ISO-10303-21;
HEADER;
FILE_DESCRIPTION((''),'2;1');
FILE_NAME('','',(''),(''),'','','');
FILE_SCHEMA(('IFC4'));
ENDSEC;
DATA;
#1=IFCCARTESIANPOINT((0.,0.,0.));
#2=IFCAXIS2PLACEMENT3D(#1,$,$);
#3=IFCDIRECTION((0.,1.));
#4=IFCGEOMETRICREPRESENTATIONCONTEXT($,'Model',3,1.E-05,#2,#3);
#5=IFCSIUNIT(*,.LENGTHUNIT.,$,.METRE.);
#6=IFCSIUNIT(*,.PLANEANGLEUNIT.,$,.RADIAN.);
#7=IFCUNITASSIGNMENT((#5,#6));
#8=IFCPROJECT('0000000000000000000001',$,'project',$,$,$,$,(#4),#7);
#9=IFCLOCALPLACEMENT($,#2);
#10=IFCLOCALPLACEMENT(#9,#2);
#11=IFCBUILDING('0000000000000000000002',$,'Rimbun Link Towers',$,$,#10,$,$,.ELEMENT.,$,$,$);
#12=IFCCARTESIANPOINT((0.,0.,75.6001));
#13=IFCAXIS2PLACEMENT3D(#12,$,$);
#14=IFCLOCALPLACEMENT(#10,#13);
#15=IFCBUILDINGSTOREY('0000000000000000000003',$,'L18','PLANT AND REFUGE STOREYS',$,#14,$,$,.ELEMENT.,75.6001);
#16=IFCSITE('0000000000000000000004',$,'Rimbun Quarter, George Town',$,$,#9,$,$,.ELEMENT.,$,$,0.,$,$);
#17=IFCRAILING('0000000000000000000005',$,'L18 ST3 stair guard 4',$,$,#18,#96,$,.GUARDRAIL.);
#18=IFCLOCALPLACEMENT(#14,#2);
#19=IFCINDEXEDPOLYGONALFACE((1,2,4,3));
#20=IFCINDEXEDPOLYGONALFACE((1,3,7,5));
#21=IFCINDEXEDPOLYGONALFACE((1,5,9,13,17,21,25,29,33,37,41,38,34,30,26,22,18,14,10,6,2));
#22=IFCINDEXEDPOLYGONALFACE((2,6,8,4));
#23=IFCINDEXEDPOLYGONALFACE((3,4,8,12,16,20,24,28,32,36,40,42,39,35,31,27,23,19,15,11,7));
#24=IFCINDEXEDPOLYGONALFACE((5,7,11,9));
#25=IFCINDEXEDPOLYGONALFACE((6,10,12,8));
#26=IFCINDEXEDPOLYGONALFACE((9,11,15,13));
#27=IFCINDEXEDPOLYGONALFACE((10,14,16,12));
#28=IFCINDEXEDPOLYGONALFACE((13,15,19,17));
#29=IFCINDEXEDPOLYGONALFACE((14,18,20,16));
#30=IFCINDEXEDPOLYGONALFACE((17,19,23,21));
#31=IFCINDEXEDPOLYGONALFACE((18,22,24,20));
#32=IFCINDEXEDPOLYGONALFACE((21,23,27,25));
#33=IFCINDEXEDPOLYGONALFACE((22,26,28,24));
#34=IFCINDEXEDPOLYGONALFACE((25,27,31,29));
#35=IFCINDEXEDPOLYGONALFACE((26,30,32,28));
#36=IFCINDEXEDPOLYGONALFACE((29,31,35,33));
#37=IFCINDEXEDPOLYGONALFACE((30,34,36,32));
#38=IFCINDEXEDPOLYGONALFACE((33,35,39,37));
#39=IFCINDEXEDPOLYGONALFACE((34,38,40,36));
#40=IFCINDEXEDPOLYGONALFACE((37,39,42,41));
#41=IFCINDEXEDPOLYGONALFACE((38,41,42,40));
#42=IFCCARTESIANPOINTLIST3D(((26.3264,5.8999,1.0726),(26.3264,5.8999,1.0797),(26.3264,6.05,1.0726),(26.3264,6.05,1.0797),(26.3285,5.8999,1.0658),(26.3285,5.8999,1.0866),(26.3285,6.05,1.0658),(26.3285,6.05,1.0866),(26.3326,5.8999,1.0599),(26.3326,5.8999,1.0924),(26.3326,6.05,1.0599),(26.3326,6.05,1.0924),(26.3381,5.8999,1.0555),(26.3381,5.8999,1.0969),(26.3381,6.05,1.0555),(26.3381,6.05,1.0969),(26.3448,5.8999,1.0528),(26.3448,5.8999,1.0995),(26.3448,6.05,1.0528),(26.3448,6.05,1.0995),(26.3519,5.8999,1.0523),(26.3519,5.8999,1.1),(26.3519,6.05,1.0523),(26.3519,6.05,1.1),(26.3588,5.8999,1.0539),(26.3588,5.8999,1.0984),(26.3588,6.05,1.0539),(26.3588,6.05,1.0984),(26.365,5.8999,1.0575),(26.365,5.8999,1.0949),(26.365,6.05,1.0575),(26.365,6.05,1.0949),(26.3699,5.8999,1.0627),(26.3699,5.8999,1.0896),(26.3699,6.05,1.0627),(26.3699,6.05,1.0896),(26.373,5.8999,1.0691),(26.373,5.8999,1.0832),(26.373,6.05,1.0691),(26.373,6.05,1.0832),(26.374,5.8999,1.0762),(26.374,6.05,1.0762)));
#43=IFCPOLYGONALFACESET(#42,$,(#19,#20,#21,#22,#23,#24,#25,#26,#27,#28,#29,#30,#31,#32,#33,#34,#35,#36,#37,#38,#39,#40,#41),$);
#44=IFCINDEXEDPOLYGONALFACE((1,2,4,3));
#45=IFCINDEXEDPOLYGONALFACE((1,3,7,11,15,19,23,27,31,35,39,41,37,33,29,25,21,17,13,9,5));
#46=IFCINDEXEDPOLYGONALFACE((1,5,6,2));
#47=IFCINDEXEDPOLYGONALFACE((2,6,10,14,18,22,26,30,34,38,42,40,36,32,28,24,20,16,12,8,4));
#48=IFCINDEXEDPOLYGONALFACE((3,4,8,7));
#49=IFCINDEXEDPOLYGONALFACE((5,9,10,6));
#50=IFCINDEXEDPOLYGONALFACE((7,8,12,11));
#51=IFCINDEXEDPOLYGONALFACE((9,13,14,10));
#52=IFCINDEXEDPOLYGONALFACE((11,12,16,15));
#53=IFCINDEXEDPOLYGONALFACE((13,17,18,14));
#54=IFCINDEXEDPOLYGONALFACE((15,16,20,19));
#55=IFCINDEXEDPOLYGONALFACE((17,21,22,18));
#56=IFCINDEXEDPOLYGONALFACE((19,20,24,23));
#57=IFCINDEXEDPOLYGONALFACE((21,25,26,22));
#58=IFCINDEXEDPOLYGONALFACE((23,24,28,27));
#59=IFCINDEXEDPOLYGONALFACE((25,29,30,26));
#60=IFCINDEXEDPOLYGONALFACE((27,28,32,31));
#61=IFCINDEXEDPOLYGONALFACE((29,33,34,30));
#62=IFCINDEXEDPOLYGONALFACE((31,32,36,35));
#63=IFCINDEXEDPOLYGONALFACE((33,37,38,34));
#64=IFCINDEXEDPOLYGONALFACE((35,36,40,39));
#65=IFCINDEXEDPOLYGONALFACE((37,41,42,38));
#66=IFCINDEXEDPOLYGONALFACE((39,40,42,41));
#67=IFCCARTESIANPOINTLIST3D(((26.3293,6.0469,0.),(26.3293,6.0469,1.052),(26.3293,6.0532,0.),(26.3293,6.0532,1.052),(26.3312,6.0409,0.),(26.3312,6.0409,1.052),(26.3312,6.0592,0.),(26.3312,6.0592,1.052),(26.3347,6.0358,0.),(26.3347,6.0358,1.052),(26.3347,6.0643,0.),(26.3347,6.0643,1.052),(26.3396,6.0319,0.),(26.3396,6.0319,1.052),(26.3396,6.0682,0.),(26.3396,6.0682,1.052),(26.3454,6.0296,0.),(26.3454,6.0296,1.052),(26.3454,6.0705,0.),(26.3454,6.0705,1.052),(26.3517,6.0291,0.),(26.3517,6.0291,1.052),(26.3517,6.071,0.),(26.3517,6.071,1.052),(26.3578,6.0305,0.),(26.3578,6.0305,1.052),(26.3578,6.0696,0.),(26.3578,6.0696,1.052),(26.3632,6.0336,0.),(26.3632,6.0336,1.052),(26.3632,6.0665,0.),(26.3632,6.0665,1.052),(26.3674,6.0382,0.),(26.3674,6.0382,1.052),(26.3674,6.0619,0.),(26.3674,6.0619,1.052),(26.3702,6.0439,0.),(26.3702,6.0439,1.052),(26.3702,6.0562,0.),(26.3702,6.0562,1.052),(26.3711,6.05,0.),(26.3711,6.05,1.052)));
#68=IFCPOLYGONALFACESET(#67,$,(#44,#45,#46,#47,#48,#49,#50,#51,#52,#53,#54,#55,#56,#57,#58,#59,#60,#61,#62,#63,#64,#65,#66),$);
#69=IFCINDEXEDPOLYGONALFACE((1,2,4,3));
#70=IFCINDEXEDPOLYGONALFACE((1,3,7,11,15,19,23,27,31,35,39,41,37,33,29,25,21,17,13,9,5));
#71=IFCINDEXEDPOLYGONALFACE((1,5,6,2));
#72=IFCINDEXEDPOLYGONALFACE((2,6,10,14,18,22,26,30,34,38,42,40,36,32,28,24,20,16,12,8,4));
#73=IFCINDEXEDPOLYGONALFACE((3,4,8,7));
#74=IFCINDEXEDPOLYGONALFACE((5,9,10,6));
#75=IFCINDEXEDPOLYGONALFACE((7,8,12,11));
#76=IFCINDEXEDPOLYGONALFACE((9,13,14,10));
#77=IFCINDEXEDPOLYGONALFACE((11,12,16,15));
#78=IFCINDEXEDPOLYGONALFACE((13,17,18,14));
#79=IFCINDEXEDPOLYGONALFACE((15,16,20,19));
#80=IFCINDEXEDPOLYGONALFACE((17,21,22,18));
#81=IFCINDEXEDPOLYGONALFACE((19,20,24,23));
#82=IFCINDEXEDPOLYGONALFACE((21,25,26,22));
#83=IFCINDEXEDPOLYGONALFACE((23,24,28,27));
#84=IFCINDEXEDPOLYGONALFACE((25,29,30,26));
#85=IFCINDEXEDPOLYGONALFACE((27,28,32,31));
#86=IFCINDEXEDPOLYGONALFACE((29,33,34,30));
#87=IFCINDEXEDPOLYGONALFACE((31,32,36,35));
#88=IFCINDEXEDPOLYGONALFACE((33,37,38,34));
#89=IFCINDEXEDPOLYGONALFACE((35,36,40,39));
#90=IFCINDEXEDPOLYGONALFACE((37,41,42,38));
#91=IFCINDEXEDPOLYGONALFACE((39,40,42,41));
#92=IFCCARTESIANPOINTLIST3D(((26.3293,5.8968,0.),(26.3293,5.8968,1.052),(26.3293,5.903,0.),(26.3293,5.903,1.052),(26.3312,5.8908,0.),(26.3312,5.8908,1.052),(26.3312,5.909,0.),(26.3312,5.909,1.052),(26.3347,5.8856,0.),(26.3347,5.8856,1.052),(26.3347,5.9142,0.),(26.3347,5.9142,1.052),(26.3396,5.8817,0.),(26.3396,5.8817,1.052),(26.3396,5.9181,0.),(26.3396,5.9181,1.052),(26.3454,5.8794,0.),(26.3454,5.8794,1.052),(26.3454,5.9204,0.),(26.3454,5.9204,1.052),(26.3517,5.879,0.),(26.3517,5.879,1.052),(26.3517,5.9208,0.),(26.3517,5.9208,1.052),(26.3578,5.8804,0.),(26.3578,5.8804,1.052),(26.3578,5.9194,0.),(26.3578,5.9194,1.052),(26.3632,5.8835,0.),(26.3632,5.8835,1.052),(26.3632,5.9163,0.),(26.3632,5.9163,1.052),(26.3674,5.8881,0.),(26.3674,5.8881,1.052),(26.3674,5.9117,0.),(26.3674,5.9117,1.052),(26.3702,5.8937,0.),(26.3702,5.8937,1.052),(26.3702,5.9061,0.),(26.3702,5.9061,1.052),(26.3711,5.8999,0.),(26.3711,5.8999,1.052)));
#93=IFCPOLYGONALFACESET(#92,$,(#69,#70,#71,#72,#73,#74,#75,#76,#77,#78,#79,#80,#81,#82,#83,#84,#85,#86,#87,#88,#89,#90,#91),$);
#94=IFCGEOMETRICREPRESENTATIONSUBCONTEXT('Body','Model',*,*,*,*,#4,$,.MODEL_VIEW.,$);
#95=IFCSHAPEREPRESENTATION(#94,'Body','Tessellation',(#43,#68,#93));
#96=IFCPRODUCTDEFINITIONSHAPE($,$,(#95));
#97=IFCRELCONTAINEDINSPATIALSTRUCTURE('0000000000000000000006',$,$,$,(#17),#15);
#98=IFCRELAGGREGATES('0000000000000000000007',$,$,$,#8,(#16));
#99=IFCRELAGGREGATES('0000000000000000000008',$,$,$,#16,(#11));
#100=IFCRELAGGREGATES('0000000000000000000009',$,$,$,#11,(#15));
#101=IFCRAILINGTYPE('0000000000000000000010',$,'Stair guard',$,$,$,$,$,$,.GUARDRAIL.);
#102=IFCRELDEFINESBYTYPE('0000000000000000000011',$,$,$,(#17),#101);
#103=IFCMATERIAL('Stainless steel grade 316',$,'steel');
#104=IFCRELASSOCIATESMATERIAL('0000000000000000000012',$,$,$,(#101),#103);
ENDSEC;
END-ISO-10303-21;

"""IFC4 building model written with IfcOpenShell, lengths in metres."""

from ifc_helpers import new_model, si_unit, direction, frame, origin, origin_2d, place, context, subcontext, project, spatial, circle, extrude, material, type_object, element, save


model = new_model("IFC4")

# Units and contexts
model_context = context("Model", 3, precision=1e-05, world=origin(), true_north=direction((0.0, 1.0)))
body_context = subcontext(model_context, "Body", "Model", "MODEL_VIEW")
ifc_project = project(units=[si_unit("LENGTHUNIT", "METRE"), si_unit("PLANEANGLEUNIT", "RADIAN")], contexts=[model_context])

# Site, building, storey
site_placement = place(None, origin())
site = spatial("IfcSite", under=ifc_project, at=site_placement, Name="Rimbun Quarter, George Town", CompositionType="ELEMENT", RefElevation=0.0)
building_placement = place(site_placement, origin())
building = spatial("IfcBuilding", under=site, at=building_placement, Name="Rimbun Link Towers", CompositionType="ELEMENT")
storey_placement = place(building_placement, frame((0.0, 0.0, 75.6001)))
storey = spatial("IfcBuildingStorey", under=building, at=storey_placement, Name="L18", Description="PLANT AND REFUGE STOREYS", CompositionType="ELEMENT", Elevation=75.6001)

# Railing
ifc_material_1 = material(Name="Stainless steel grade 316", Category="steel")
railing_type_1 = type_object("IfcRailingType", Name="Stair guard", PredefinedType="GUARDRAIL", material=ifc_material_1)
railing_1_placement = place(storey_placement, frame((26.3501, 6.05, 0.0)))
element("IfcRailing", 1, at=railing_1_placement, inside=storey, type_object=railing_type_1, Name="L18 ST3 stair guard 4", PredefinedType="GUARDRAIL", context=body_context, shape_type="SweptSolid", body=[
    extrude(circle(Radius=0.0239, at=origin_2d()), frame((0.0, 0.0, 1.0762), z_axis=(0.0, -1.0, 0.0), x_axis=(1.0, 0.0, 0.0)), (0.0, 0.0, 1.0), 0.1501),
    extrude(circle(Radius=0.021, at=origin_2d()), origin(), (0.0, 0.0, 1.0), 1.052),
    extrude(circle(Radius=0.021, at=origin_2d()), frame((0.0, -0.1501, 0.0)), (0.0, 0.0, 1.0), 1.052),
])

save(model, "model.ifc")
